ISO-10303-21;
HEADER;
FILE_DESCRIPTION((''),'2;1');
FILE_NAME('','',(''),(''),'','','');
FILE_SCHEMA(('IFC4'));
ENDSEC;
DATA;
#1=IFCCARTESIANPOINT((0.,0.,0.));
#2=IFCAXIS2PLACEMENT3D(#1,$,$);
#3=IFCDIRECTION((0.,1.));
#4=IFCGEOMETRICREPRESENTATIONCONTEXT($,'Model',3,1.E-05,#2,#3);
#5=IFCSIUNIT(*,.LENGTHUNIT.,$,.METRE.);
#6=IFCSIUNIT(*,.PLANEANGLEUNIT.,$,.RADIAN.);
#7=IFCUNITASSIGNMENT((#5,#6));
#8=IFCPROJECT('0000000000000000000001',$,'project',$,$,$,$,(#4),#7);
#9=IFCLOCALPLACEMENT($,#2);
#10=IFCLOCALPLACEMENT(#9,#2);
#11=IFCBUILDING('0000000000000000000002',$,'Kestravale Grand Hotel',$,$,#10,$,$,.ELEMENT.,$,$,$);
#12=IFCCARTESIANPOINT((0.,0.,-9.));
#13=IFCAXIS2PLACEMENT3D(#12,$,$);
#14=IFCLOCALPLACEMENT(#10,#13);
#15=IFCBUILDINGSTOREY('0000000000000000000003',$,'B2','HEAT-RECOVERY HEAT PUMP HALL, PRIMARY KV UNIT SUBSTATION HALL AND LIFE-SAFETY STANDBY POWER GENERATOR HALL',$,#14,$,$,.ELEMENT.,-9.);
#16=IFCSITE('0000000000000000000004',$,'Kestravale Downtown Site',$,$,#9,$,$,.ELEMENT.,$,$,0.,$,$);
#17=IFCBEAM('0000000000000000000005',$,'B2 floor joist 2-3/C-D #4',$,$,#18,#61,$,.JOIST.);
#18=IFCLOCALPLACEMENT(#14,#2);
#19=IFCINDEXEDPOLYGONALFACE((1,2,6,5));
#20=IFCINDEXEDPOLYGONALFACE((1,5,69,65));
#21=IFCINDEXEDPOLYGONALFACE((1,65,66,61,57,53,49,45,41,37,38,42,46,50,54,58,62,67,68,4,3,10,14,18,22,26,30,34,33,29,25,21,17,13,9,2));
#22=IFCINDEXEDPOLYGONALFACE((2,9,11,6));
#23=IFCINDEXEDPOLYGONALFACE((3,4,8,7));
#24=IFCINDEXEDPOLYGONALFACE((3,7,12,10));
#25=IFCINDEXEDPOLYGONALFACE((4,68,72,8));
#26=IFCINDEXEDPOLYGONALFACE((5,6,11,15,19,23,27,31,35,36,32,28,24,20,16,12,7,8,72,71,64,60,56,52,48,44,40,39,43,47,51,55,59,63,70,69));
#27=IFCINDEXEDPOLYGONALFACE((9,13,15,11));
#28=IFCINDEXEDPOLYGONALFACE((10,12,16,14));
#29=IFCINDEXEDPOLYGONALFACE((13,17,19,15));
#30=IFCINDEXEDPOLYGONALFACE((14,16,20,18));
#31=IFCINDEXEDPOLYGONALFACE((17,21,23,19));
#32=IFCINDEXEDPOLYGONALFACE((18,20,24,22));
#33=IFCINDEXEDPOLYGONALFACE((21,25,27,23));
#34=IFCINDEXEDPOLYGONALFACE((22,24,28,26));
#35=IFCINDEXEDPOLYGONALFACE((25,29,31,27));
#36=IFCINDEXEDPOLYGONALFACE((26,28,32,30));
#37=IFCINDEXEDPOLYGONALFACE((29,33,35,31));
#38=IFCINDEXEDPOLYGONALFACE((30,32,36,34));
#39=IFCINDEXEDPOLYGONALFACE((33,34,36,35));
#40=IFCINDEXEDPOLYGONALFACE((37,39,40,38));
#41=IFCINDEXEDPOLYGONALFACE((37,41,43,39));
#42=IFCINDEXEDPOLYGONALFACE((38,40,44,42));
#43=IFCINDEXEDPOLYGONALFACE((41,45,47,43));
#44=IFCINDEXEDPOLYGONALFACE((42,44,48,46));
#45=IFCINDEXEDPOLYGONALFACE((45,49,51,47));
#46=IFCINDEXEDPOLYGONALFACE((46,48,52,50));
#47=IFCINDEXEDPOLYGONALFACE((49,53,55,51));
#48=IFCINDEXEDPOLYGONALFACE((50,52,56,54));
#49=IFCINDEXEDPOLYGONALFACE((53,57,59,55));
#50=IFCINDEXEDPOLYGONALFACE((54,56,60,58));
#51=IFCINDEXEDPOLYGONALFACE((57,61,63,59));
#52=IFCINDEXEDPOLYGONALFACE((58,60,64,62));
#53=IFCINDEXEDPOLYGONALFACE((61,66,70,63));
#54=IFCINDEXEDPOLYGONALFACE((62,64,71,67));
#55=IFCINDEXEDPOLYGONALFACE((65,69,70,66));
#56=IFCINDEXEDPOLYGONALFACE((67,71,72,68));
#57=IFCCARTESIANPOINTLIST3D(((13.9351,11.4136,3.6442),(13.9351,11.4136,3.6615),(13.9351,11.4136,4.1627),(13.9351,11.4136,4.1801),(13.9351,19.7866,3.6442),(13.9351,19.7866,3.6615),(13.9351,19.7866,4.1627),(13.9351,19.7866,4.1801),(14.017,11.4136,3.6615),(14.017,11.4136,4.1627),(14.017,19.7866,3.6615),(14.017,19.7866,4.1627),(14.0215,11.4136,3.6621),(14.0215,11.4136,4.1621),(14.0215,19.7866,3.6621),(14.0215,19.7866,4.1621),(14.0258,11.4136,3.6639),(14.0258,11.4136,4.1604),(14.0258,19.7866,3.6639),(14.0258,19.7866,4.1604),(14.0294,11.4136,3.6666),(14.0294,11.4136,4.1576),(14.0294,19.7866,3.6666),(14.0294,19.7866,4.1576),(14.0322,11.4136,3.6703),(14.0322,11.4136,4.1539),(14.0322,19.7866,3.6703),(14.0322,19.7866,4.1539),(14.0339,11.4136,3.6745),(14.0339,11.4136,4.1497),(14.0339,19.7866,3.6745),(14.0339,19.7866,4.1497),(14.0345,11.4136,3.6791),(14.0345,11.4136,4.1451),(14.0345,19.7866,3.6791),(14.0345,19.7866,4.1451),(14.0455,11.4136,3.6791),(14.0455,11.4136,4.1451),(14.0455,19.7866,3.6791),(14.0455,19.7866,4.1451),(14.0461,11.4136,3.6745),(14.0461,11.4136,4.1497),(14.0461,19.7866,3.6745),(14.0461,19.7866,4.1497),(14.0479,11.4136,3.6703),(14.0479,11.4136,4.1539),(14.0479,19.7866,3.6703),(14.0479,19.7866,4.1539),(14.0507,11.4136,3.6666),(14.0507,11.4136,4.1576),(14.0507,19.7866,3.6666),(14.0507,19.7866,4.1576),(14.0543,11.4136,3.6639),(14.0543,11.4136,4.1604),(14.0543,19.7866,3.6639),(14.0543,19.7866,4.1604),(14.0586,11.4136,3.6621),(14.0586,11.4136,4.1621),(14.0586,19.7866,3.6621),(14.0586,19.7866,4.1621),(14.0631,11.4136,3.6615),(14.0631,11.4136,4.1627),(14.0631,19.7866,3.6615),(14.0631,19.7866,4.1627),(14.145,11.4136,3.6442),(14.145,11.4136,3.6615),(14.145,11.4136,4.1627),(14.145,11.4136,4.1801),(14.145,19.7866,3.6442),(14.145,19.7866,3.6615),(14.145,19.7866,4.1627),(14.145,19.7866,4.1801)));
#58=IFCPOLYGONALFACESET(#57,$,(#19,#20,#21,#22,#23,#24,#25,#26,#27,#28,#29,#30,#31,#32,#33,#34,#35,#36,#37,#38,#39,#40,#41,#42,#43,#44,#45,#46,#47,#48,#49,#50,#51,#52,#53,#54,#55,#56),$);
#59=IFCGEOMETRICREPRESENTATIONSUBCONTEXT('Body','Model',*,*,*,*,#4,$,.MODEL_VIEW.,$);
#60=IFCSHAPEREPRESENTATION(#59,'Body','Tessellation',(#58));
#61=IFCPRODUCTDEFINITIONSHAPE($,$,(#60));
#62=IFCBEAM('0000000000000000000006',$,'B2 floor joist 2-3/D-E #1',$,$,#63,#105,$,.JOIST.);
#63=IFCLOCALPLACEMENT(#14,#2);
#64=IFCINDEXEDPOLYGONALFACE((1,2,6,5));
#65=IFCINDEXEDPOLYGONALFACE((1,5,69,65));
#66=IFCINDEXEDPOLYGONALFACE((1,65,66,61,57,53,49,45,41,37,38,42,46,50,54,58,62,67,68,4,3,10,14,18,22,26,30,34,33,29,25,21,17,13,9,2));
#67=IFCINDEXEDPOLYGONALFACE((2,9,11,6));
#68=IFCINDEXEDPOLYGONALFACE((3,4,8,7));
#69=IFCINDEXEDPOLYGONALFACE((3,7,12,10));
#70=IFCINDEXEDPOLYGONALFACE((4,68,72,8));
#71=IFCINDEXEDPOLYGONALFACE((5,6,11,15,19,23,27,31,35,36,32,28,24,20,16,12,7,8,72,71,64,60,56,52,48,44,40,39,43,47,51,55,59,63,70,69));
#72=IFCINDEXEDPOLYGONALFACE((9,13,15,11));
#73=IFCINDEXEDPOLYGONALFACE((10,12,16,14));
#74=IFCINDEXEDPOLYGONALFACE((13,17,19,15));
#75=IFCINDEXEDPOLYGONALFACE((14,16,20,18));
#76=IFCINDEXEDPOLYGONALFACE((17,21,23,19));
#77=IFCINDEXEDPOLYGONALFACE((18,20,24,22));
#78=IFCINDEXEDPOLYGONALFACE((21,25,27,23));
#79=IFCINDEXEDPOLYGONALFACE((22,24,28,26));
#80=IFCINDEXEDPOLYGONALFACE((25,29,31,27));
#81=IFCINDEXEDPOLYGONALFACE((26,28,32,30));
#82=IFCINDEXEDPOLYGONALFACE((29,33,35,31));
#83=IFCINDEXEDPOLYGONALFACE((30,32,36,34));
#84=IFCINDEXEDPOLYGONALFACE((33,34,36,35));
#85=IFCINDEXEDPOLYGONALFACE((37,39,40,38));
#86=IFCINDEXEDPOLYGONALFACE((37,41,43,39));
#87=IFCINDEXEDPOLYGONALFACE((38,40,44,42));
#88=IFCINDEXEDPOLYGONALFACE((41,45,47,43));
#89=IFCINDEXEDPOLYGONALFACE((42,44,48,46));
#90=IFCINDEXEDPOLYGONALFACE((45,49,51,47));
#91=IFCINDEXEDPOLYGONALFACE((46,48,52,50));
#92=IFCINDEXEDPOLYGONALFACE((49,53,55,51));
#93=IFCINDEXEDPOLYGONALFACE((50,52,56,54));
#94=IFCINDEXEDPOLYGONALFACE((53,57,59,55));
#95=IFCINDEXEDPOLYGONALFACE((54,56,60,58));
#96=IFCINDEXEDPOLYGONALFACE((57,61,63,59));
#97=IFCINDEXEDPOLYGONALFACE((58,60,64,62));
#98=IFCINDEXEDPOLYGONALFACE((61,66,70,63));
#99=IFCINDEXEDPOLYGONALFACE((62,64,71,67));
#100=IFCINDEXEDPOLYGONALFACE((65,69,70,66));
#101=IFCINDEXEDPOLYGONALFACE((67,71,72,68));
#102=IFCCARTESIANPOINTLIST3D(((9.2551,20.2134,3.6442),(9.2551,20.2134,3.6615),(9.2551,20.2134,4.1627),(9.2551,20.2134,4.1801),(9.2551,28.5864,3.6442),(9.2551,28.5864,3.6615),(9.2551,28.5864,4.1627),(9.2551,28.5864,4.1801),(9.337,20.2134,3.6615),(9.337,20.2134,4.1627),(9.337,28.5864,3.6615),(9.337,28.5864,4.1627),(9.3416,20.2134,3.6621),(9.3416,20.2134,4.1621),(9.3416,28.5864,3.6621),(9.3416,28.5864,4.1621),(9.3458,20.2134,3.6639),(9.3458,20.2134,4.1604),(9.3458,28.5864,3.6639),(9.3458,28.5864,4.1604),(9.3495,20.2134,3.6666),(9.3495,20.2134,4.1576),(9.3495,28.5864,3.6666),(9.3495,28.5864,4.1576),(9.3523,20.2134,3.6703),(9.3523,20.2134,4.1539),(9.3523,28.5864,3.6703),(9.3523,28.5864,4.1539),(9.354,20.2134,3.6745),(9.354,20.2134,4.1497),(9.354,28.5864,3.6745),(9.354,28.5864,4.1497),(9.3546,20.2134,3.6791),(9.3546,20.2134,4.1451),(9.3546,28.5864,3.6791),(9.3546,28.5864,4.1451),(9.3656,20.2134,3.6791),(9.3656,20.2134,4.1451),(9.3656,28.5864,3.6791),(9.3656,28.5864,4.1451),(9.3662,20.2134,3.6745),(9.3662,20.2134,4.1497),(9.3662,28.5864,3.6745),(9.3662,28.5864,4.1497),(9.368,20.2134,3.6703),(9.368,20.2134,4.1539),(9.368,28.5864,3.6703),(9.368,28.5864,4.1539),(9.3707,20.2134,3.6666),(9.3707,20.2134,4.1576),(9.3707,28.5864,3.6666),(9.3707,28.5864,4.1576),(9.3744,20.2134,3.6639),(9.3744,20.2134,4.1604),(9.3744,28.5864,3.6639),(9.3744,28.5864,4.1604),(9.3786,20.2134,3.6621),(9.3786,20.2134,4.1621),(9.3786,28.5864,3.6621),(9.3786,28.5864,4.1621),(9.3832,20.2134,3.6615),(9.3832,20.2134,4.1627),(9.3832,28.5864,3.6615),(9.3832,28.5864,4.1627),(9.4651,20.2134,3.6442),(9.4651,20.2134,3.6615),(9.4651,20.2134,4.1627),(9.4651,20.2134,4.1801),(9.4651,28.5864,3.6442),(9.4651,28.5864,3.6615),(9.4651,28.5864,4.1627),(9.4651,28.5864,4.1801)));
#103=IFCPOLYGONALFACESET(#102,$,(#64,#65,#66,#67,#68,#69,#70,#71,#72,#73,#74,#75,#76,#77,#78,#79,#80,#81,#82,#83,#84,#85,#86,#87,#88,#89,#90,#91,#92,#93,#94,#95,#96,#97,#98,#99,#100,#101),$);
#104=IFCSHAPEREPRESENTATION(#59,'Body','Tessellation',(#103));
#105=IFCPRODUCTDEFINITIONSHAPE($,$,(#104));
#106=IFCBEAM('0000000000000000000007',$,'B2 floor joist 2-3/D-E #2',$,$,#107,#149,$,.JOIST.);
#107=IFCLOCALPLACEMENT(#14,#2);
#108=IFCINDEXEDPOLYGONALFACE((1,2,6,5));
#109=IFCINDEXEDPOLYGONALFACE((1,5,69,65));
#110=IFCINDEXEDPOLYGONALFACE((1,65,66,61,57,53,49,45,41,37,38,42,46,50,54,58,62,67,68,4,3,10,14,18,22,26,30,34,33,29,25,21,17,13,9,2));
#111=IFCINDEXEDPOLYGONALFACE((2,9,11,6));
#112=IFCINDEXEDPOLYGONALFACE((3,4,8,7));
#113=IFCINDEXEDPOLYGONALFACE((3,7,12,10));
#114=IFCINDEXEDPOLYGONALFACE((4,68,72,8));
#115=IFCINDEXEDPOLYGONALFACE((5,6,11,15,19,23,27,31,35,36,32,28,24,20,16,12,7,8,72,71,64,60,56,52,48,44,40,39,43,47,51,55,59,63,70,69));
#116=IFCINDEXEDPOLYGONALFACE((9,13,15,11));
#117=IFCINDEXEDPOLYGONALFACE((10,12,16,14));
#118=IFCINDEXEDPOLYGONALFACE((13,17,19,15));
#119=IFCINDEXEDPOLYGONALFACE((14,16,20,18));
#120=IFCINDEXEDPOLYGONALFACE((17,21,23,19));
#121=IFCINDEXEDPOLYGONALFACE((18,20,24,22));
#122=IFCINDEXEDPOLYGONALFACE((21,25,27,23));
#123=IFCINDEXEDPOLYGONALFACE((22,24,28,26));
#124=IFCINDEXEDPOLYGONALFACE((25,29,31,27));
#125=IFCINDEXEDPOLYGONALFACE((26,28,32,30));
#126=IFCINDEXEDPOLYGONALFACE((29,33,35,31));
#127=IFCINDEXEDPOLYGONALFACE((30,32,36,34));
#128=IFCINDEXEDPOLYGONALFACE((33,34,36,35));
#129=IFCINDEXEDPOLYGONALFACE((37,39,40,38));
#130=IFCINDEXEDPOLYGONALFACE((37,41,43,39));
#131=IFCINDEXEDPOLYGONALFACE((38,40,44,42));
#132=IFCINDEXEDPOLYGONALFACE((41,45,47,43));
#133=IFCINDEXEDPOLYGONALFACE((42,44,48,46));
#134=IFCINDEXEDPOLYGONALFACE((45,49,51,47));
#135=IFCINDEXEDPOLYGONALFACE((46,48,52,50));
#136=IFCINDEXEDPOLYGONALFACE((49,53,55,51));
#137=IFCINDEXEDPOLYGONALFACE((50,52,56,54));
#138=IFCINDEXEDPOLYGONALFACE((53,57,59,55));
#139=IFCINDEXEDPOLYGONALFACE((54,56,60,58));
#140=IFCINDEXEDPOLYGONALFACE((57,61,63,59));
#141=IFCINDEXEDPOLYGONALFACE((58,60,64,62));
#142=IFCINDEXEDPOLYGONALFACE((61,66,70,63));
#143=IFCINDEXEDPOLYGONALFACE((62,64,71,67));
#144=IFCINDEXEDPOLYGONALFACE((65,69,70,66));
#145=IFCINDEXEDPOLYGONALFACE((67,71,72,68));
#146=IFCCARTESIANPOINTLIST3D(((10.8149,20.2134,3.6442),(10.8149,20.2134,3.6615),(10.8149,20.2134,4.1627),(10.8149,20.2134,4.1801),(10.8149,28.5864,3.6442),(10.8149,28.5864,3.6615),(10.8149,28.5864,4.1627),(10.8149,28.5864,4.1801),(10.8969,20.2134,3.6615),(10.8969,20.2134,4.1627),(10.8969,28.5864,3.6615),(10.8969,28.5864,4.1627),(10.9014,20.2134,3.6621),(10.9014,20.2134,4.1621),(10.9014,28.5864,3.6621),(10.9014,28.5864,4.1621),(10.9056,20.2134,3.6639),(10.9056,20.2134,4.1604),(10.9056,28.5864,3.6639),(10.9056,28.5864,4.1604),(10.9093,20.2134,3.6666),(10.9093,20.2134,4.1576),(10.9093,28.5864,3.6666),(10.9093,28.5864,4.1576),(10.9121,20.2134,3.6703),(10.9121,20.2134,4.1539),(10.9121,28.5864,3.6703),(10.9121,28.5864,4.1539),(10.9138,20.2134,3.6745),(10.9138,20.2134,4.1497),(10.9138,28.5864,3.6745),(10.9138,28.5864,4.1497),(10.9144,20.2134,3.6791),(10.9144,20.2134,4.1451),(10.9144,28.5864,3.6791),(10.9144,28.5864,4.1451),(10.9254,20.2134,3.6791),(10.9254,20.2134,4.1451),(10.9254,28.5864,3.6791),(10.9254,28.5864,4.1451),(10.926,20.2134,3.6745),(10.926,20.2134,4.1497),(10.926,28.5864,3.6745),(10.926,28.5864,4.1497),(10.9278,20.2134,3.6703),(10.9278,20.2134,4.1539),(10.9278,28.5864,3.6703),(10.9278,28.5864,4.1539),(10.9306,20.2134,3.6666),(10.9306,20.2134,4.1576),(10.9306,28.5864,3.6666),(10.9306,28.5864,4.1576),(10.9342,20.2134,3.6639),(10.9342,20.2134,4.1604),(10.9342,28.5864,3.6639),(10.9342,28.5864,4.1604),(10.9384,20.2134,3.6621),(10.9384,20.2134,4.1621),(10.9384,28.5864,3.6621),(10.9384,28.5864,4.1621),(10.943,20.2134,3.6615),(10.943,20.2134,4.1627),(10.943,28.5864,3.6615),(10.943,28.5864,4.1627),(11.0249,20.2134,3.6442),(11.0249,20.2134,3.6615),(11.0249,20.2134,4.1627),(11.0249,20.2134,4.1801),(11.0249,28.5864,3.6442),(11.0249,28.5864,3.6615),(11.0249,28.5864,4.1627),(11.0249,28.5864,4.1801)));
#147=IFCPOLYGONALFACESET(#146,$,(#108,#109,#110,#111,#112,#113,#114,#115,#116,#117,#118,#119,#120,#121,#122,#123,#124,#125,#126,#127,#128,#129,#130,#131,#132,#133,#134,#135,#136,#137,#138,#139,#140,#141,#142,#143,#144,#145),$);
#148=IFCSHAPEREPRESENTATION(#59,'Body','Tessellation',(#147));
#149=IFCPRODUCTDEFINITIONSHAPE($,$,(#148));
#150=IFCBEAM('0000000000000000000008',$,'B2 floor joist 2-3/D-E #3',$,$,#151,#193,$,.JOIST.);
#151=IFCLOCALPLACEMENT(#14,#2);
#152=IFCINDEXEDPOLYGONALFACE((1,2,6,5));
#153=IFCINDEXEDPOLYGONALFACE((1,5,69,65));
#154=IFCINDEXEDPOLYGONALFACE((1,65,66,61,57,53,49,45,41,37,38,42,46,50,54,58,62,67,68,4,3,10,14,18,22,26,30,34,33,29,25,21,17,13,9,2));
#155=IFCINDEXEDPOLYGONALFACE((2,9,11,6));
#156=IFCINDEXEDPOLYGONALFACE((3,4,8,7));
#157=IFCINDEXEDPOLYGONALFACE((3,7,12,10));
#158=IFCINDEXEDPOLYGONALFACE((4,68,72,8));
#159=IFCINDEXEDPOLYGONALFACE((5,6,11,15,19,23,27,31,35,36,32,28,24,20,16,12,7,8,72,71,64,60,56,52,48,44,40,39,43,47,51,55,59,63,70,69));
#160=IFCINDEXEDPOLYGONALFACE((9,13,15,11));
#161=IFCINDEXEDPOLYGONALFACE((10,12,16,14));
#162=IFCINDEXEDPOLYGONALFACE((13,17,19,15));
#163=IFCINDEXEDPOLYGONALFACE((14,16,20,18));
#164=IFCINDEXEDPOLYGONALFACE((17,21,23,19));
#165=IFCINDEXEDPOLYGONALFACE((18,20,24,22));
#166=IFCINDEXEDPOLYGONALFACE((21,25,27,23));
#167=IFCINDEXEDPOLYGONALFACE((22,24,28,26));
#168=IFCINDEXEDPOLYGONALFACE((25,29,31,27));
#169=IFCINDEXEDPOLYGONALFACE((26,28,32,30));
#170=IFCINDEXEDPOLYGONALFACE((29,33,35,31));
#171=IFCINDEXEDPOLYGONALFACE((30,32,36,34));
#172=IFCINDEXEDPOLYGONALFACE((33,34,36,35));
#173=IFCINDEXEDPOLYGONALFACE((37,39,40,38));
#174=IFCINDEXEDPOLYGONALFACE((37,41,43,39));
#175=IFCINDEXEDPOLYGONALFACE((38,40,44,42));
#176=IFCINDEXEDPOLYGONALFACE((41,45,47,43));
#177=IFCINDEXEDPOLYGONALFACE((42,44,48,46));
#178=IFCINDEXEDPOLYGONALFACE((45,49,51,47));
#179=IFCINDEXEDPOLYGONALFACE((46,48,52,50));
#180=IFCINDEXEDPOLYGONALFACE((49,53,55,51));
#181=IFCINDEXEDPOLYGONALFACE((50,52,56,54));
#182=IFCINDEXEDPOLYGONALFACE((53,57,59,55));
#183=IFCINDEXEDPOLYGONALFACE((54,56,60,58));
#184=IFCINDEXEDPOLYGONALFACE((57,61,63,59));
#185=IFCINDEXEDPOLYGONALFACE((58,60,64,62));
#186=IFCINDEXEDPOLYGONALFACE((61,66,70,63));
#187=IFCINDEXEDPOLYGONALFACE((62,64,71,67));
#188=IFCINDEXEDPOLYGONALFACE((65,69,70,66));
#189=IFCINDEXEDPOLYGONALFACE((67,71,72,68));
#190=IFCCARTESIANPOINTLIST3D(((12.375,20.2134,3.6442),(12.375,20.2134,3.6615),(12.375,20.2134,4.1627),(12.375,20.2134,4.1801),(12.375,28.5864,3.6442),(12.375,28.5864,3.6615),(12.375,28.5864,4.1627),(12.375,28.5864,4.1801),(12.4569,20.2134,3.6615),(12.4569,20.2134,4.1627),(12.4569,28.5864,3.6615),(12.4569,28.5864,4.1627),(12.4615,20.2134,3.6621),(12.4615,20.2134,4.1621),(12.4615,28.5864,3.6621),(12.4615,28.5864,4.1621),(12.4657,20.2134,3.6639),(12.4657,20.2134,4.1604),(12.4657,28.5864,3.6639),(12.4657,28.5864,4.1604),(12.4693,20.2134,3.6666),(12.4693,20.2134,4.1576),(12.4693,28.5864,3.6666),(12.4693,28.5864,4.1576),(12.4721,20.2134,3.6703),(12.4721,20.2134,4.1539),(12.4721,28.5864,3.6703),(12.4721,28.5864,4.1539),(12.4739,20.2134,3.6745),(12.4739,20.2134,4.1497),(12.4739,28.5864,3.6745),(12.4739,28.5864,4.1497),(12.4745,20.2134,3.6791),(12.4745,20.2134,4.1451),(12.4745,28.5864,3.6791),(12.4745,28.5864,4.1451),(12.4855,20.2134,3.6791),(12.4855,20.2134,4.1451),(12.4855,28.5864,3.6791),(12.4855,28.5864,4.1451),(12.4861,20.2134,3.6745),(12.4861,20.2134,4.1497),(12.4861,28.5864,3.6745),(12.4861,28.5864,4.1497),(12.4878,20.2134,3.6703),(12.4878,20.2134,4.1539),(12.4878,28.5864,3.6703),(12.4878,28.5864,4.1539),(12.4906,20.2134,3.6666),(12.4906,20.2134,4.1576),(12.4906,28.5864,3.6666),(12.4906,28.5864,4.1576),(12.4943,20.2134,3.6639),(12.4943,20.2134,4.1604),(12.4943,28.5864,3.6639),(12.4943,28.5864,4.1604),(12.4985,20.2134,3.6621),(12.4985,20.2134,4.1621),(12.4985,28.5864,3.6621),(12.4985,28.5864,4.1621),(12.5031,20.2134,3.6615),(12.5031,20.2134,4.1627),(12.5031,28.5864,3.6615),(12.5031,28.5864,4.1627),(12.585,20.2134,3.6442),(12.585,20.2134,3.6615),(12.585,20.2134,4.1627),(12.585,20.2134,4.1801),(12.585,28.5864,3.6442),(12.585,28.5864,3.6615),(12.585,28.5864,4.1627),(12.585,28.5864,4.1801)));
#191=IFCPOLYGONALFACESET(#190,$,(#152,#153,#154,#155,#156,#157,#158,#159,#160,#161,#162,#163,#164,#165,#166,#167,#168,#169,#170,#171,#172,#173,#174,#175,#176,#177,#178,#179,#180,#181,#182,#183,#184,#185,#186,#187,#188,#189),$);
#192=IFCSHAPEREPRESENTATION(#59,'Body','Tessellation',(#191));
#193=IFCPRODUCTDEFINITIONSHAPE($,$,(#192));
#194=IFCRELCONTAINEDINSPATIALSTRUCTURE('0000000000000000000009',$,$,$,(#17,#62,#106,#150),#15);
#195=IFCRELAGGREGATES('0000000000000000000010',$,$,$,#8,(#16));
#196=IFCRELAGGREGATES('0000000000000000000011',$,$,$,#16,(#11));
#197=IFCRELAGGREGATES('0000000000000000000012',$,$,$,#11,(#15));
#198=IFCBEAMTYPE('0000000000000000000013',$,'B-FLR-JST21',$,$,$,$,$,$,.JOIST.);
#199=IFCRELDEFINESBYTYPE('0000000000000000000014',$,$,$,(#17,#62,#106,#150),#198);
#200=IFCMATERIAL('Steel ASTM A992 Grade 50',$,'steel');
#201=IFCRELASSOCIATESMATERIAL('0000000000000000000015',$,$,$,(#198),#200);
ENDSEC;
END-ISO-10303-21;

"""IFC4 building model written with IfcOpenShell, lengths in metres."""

from ifc_helpers import new_model, si_unit, direction, frame, origin, origin_2d, place, context, subcontext, project, spatial, i_section, extrude, material, material_profile, profile_set, type_object, element, save


model = new_model("IFC4")

# Units and contexts
model_context = context("Model", 3, precision=1e-05, world=origin(), true_north=direction((0.0, 1.0)))
body_context = subcontext(model_context, "Body", "Model", "MODEL_VIEW")
ifc_project = project(units=[si_unit("LENGTHUNIT", "METRE"), si_unit("PLANEANGLEUNIT", "RADIAN")], contexts=[model_context])

# Site, building, storey
site_placement = place(None, origin())
site = spatial("IfcSite", under=ifc_project, at=site_placement, Name="Kestravale Downtown Site", CompositionType="ELEMENT", RefElevation=0.0)
building_placement = place(site_placement, origin())
building = spatial("IfcBuilding", under=site, at=building_placement, Name="Kestravale Grand Hotel", CompositionType="ELEMENT")
storey_placement = place(building_placement, frame((0.0, 0.0, -9.0)))
storey = spatial("IfcBuildingStorey", under=building, at=storey_placement, Name="B2", Description="HEAT-RECOVERY HEAT PUMP HALL, PRIMARY KV UNIT SUBSTATION HALL AND LIFE-SAFETY STANDBY POWER GENERATOR HALL", CompositionType="ELEMENT", Elevation=-9.0)

# Beams
ifc_material_1 = material(Name="Steel ASTM A992 Grade 50", Category="steel")
ifc_material_profile_1 = material_profile(ifc_material_1, i_section(OverallWidth=0.21, OverallDepth=0.5359, WebThickness=0.011, FlangeThickness=0.0173, FilletRadius=0.0176, at=origin_2d()))
ifc_profile_set_1 = profile_set([ifc_material_profile_1], Name="Steel ASTM A992 Grade 50")
beam_type_1 = type_object("IfcBeamType", Name="B-FLR-JST21", PredefinedType="JOIST", material=ifc_profile_set_1)
for number, where, z_axis, x_axis, name in (
    (1, (14.04, 11.4136, 3.9121), (0.0, 1.0, 0.0), (-1.0, 0.0, 0.0), "B2 floor joist 2-3/C-D #4"),
    (2, (9.3601, 20.2134, 3.9121), (0.0, 1.0, 0.0), (-1.0, 0.0, 0.0), "B2 floor joist 2-3/D-E #1"),
    (3, (10.9199, 20.2134, 3.9121), (0.0, 1.0, 0.0), (-1.0, 0.0, 0.0), "B2 floor joist 2-3/D-E #2"),
    (4, (12.48, 20.2134, 3.9121), (0.0, 1.0, 0.0), (-1.0, 0.0, 0.0), "B2 floor joist 2-3/D-E #3"),
):
    element("IfcBeam", number, at=place(storey_placement, frame(where, z_axis=z_axis, x_axis=x_axis)), inside=storey, type_object=beam_type_1, Name=name, PredefinedType="JOIST", context=body_context, shape_type="SweptSolid", body=[
        extrude(i_section(OverallWidth=0.21, OverallDepth=0.5359, WebThickness=0.011, FlangeThickness=0.0173, FilletRadius=0.0176, at=origin_2d()), origin(), (0.0, 0.0, 1.0), 8.373),
    ])

save(model, "model.ifc")
